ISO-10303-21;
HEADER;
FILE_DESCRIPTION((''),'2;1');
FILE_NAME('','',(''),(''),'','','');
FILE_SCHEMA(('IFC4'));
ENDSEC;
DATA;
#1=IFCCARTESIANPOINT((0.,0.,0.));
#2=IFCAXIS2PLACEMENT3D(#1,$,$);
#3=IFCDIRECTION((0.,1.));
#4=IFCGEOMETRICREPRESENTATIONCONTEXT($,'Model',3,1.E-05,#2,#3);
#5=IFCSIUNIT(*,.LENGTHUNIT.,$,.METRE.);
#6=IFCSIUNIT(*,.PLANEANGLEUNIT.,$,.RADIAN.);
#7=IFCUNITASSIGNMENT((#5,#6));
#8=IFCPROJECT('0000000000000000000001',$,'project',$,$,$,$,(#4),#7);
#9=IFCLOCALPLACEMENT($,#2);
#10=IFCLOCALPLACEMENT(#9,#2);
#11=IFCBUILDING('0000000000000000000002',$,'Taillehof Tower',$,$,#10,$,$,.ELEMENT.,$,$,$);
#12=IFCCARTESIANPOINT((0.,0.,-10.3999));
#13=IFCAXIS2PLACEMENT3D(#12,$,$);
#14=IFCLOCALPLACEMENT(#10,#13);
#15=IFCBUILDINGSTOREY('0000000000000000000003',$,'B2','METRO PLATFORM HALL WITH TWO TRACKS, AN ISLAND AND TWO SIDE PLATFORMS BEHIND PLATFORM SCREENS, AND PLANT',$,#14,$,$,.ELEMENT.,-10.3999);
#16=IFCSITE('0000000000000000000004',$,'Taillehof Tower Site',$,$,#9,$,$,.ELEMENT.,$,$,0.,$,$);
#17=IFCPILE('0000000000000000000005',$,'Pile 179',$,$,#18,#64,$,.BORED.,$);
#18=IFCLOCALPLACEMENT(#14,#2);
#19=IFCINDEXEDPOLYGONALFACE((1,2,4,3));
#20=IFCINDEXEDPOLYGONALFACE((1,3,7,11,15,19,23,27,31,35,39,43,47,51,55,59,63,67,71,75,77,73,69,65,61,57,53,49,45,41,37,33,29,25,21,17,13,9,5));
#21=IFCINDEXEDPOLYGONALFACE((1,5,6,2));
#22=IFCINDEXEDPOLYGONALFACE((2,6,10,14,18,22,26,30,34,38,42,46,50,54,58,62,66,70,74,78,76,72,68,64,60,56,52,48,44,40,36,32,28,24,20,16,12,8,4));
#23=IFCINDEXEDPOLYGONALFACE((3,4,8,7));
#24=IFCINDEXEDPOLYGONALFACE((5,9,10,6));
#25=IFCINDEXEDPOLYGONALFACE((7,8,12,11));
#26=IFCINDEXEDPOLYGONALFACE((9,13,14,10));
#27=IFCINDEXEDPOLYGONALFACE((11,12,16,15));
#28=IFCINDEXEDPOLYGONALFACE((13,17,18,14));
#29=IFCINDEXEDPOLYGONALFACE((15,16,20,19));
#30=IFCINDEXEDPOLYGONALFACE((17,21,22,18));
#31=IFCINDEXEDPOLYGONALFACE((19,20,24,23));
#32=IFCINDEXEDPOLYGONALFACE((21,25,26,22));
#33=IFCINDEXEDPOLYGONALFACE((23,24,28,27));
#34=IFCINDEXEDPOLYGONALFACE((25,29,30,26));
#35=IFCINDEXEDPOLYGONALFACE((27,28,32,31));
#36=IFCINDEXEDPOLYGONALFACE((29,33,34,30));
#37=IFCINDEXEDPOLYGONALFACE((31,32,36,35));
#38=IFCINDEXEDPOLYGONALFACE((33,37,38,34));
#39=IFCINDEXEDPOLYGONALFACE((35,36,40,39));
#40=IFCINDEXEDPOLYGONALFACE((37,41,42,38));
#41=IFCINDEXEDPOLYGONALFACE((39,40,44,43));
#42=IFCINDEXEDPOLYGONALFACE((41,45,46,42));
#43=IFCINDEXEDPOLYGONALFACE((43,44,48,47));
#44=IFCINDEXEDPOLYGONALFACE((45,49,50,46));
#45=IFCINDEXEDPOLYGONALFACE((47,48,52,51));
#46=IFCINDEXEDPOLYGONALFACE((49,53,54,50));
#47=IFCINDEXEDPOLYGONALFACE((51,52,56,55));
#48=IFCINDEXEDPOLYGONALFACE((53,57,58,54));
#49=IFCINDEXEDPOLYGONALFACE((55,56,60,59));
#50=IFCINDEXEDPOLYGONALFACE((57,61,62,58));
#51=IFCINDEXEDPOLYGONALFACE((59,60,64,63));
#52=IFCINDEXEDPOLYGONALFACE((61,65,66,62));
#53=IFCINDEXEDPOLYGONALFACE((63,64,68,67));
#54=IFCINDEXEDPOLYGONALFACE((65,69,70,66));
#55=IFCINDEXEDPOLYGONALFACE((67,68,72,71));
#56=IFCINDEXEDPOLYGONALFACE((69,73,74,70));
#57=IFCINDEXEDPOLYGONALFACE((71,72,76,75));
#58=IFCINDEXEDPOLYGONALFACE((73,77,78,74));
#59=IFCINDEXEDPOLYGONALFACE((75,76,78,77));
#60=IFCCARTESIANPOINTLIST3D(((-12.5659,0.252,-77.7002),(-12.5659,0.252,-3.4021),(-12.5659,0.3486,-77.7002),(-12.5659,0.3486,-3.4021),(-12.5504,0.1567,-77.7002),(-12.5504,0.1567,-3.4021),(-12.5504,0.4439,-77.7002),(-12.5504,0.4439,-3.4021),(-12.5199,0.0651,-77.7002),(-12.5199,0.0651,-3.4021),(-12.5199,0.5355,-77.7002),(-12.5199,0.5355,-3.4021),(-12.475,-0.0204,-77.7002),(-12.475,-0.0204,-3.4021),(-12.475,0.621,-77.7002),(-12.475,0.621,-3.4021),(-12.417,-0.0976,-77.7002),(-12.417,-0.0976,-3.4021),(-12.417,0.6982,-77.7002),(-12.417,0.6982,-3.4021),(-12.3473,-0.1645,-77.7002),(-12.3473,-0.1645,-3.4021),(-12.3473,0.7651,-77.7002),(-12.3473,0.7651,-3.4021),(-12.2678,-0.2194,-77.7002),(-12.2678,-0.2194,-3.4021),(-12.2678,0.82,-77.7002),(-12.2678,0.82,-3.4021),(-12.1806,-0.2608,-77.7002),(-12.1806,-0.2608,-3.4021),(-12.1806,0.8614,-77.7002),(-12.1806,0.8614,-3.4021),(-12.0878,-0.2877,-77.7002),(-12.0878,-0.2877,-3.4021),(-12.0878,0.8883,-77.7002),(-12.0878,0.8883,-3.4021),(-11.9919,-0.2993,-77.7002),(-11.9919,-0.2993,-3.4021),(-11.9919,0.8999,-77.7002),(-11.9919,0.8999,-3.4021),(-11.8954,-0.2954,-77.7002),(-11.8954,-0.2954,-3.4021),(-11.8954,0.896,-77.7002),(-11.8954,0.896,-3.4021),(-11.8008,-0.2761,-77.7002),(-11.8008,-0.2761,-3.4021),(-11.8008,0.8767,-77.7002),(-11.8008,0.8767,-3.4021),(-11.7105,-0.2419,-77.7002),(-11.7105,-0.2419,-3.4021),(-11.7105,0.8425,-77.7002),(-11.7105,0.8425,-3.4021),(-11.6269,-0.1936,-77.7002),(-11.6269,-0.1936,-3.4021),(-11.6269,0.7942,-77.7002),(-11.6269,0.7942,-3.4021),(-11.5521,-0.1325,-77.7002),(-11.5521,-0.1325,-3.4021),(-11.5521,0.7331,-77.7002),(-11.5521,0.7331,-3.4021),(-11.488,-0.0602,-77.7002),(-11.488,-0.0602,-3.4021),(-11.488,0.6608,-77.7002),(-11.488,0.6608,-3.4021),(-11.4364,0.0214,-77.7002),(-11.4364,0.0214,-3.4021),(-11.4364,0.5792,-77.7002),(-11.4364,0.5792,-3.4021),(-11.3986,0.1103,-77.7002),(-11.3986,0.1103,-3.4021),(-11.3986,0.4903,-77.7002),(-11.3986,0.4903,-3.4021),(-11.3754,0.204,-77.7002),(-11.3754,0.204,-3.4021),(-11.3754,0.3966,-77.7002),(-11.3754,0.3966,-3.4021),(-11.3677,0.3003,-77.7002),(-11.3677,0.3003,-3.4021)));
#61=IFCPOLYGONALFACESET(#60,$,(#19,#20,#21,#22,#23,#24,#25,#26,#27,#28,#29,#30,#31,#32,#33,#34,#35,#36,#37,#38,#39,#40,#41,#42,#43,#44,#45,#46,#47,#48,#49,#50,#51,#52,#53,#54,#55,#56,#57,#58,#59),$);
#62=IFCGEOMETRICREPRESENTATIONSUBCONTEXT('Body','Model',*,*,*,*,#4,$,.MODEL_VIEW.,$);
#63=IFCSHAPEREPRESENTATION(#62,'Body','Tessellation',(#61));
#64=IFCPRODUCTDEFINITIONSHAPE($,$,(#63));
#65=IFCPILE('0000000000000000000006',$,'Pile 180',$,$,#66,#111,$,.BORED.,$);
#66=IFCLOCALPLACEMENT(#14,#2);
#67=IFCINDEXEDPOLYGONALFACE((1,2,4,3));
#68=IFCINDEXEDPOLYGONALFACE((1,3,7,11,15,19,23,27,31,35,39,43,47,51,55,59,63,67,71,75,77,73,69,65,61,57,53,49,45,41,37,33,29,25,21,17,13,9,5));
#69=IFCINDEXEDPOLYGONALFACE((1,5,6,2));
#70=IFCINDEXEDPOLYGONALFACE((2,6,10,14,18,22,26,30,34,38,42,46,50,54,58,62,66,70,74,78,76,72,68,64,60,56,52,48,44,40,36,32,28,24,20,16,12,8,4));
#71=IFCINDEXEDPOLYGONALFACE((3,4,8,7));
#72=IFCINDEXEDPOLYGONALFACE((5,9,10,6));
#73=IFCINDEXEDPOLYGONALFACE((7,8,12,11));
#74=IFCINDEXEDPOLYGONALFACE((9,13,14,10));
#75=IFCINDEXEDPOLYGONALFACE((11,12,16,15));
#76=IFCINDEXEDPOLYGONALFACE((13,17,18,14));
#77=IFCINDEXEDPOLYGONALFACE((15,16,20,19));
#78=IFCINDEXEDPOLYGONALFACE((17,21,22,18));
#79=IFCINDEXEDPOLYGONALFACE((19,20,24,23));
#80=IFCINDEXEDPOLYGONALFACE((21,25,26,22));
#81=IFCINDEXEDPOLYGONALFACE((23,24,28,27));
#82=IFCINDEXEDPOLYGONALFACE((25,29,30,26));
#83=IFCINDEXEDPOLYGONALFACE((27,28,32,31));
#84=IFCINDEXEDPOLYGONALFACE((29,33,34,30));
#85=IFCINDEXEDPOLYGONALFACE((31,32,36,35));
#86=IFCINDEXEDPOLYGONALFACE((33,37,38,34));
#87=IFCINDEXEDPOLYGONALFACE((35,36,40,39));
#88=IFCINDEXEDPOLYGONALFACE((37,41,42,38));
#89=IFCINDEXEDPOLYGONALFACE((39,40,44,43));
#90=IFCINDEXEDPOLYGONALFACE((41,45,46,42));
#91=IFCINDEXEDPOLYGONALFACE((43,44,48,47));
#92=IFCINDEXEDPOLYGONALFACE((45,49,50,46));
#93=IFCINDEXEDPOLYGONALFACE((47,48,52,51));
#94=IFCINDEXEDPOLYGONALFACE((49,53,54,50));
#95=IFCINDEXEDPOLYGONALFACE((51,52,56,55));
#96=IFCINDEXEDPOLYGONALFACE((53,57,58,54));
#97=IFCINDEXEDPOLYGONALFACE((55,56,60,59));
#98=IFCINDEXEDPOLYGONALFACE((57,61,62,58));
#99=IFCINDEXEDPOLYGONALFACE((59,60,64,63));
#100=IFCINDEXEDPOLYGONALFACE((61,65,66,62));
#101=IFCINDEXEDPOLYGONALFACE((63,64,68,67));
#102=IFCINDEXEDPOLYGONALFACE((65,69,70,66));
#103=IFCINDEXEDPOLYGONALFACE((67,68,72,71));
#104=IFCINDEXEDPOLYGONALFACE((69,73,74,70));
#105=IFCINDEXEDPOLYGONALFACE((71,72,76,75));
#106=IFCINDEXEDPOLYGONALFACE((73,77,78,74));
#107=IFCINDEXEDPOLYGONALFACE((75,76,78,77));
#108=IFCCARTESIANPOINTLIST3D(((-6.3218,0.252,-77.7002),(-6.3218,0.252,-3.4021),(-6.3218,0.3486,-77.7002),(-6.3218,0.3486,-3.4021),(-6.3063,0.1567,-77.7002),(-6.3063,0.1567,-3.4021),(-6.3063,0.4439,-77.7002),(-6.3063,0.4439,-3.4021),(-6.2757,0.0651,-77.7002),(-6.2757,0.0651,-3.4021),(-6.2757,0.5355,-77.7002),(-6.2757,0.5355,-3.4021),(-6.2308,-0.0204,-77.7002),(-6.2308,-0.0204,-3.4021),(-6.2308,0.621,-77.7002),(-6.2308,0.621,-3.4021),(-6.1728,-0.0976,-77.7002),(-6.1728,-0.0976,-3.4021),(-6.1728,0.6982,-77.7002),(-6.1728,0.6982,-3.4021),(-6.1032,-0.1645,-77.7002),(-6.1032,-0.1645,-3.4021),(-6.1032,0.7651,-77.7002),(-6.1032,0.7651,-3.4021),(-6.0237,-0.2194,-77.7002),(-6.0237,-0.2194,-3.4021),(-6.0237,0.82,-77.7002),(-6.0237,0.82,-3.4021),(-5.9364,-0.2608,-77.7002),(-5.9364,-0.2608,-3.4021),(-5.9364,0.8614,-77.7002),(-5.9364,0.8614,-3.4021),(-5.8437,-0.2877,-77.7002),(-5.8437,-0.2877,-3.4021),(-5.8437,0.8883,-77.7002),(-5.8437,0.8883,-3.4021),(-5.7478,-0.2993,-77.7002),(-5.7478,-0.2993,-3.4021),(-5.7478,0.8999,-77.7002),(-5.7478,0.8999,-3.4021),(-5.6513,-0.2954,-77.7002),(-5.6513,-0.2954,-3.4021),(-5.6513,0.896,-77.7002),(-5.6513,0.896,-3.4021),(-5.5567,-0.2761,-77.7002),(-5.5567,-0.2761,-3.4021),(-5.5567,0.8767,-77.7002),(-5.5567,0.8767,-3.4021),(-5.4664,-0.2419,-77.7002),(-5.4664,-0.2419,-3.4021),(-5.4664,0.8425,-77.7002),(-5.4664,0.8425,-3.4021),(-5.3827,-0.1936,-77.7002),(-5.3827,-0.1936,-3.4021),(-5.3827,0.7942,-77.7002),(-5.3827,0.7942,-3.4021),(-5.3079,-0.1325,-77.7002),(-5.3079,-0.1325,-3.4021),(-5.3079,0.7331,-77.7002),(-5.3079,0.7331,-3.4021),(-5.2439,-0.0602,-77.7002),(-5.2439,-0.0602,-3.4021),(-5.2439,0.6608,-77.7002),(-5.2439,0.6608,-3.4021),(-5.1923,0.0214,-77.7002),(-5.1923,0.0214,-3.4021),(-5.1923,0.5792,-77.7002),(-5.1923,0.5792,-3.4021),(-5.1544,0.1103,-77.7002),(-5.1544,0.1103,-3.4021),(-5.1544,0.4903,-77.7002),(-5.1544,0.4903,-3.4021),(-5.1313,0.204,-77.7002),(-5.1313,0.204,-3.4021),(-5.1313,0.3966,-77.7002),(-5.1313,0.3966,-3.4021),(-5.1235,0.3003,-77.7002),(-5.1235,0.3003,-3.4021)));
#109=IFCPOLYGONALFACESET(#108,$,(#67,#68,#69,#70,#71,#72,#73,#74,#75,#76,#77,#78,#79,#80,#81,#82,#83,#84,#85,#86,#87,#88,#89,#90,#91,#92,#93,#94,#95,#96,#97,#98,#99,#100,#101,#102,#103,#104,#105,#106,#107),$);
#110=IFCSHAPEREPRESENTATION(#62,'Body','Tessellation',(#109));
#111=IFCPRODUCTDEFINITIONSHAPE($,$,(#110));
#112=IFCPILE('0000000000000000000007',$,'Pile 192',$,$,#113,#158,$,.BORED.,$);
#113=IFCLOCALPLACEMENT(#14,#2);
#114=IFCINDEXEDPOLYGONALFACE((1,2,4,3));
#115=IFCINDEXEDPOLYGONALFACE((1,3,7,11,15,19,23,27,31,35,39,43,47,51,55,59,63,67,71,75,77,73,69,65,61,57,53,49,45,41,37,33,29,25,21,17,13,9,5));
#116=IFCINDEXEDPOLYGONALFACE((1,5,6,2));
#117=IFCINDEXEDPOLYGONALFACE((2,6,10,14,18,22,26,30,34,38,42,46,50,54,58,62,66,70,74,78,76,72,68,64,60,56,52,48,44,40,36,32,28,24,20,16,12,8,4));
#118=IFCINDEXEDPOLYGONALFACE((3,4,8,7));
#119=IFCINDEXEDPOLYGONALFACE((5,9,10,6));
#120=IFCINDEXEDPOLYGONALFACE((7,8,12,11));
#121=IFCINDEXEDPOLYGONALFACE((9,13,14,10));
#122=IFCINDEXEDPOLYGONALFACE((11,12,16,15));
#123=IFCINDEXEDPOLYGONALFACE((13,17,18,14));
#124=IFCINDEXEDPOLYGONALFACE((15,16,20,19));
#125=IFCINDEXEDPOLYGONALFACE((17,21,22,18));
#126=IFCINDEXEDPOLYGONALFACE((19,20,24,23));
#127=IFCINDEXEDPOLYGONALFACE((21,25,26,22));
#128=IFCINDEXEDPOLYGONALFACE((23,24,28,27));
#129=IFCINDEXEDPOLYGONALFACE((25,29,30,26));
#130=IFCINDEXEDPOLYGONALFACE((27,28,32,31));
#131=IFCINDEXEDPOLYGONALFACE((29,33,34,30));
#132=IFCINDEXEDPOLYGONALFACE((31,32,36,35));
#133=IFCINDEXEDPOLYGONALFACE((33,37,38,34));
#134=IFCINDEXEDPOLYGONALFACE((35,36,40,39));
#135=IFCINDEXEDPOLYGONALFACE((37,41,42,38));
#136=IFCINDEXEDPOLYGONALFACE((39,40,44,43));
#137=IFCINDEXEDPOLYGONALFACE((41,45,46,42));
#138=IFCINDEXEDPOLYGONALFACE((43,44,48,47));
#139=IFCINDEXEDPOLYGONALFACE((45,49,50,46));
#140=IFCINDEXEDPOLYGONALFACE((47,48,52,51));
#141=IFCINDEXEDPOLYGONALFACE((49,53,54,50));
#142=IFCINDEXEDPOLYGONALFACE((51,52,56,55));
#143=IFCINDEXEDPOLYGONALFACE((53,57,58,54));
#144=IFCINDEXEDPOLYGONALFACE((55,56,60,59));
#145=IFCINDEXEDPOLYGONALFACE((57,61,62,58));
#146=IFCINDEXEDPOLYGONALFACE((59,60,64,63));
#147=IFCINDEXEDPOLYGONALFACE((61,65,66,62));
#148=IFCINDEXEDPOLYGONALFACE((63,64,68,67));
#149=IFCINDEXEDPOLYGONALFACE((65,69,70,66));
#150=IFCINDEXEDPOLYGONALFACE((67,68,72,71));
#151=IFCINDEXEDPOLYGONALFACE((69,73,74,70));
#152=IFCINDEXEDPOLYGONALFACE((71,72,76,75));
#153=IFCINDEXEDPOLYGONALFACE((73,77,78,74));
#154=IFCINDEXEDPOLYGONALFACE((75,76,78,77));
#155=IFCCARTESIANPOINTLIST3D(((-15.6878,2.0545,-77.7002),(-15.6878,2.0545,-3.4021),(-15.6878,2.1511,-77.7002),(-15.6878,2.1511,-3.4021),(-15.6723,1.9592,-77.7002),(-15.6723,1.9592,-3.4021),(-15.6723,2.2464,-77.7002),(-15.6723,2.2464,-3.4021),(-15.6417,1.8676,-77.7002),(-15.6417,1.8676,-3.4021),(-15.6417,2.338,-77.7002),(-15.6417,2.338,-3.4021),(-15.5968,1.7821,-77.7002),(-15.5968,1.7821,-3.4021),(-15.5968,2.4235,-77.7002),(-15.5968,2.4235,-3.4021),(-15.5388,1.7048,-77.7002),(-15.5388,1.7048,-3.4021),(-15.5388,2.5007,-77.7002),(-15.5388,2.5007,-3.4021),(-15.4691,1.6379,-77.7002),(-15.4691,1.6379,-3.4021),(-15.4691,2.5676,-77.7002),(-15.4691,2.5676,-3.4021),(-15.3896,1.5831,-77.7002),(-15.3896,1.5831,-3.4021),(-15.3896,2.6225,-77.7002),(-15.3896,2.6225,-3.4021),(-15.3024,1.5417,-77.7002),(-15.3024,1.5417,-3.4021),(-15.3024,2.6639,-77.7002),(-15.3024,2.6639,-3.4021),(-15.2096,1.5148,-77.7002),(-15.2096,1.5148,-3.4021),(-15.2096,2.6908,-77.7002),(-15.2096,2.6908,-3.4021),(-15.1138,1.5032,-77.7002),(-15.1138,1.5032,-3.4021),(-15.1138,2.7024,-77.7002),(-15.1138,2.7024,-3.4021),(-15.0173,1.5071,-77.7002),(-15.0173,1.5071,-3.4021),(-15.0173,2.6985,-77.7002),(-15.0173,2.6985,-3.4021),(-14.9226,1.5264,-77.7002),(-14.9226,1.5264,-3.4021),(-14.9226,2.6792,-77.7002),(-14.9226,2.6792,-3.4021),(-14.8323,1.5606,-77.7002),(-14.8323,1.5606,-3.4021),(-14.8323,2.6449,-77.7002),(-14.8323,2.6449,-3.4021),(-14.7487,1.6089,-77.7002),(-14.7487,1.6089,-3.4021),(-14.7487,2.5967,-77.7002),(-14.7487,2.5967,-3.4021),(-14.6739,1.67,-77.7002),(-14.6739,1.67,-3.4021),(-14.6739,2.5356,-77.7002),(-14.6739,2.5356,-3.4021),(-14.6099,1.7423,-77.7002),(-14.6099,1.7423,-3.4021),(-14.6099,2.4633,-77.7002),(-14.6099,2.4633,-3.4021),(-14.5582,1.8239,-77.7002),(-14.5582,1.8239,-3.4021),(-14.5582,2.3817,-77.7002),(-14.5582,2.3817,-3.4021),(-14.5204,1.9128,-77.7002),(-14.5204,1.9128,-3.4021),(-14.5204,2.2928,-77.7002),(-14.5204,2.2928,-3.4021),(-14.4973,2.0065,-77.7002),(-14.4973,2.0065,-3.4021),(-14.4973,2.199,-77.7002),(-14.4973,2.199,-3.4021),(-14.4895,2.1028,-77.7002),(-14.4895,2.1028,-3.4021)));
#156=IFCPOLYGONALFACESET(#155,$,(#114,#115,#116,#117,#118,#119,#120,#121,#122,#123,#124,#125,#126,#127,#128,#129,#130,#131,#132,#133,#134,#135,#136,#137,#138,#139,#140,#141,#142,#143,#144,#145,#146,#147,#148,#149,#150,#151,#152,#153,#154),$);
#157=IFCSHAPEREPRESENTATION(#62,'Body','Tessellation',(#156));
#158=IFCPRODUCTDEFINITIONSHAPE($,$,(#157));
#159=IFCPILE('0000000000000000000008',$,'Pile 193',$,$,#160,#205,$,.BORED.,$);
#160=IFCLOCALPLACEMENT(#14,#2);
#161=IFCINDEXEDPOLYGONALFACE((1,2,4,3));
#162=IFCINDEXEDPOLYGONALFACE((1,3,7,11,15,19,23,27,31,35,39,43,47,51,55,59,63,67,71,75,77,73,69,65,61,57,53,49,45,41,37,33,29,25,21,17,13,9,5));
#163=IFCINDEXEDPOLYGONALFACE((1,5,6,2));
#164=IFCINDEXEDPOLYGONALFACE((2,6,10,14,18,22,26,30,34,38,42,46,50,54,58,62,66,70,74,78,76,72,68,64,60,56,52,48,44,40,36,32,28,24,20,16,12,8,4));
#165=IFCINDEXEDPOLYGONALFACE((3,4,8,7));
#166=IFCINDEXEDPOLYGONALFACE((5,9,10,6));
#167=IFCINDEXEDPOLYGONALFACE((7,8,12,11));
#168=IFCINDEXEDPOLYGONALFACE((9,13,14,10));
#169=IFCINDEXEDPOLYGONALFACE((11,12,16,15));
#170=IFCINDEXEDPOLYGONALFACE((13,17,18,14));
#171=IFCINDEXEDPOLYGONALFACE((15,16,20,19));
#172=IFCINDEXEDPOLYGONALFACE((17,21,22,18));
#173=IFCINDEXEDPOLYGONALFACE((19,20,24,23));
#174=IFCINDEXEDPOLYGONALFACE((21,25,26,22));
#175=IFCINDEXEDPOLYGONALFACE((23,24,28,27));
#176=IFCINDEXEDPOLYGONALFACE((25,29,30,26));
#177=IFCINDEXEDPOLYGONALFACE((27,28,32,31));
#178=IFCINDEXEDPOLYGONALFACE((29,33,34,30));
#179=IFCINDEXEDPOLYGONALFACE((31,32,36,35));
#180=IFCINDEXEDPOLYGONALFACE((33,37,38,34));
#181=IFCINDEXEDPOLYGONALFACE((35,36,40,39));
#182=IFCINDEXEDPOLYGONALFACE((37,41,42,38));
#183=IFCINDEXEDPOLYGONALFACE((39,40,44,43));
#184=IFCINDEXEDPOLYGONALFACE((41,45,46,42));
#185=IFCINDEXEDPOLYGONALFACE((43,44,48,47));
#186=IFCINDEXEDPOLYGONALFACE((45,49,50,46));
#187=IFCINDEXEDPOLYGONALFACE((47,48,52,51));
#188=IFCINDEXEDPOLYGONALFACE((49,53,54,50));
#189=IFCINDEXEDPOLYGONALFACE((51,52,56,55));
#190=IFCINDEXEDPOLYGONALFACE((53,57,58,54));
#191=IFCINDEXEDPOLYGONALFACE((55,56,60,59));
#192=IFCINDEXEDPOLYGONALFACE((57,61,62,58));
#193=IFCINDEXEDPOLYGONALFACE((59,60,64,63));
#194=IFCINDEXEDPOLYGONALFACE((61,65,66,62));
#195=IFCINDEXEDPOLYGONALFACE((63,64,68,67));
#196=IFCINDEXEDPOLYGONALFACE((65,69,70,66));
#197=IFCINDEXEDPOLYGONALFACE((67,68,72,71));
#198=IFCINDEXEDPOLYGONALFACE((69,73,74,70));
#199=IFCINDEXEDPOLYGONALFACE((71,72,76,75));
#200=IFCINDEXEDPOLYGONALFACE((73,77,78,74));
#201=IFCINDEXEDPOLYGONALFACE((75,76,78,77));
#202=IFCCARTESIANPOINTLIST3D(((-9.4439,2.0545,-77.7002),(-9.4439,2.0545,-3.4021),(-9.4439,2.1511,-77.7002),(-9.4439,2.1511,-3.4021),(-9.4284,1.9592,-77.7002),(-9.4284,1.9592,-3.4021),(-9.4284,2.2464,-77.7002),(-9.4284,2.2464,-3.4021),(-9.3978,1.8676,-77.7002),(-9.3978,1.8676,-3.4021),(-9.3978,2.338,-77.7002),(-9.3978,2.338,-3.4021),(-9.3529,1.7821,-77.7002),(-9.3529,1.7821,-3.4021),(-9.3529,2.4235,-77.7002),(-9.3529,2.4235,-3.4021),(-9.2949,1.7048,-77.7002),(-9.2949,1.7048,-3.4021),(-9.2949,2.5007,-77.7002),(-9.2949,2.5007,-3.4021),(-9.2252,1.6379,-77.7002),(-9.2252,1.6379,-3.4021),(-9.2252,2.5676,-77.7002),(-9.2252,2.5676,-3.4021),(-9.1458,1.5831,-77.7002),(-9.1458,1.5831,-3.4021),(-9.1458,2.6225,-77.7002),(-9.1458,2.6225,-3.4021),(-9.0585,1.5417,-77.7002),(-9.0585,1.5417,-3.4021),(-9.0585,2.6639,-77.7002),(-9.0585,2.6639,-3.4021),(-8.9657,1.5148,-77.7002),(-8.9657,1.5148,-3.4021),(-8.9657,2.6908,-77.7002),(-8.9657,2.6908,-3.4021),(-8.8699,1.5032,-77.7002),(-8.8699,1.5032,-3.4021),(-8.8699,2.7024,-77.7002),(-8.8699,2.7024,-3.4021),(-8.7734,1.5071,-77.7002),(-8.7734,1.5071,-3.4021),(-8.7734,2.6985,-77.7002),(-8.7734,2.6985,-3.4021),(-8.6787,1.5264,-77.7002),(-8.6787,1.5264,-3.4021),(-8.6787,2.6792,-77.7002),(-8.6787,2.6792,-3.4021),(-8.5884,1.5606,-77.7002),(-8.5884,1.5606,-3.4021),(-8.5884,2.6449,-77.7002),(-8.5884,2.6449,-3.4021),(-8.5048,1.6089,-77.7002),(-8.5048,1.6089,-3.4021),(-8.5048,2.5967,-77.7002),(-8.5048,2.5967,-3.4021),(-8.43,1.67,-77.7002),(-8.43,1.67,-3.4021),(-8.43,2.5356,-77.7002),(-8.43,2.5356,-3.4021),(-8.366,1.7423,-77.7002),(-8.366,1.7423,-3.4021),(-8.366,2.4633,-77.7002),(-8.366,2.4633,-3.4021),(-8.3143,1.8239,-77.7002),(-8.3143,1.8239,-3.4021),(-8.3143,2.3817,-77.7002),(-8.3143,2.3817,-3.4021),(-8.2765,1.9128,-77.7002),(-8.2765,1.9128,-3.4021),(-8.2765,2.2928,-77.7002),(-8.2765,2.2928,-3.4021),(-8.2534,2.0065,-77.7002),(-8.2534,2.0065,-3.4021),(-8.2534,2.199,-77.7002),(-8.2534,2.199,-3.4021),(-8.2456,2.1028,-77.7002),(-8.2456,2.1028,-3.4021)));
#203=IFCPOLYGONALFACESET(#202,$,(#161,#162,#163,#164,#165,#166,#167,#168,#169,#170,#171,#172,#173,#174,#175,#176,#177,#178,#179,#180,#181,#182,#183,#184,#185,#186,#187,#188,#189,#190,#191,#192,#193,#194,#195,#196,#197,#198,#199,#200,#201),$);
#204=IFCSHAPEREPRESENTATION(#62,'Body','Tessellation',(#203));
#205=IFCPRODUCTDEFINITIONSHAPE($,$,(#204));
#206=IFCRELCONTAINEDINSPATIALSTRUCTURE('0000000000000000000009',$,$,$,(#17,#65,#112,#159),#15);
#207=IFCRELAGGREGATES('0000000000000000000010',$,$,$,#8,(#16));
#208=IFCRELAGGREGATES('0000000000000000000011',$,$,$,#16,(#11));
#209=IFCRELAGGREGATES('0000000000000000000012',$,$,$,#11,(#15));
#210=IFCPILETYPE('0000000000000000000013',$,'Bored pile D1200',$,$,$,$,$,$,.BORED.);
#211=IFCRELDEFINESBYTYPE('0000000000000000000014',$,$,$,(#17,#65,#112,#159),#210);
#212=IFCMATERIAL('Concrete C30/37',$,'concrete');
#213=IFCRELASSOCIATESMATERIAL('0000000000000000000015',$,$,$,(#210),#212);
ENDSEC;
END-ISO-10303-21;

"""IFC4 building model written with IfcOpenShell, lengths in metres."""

from ifc_helpers import new_model, si_unit, direction, frame, origin, origin_2d, place, context, subcontext, project, spatial, circle, extrude, material, material_profile, profile_set, type_object, element, save


model = new_model("IFC4")

# Units and contexts
model_context = context("Model", 3, precision=1e-05, world=origin(), true_north=direction((0.0, 1.0)))
body_context = subcontext(model_context, "Body", "Model", "MODEL_VIEW")
ifc_project = project(units=[si_unit("LENGTHUNIT", "METRE"), si_unit("PLANEANGLEUNIT", "RADIAN")], contexts=[model_context])

# Site, building, storey
site_placement = place(None, origin())
site = spatial("IfcSite", under=ifc_project, at=site_placement, Name="Taillehof Tower Site", CompositionType="ELEMENT", RefElevation=0.0)
building_placement = place(site_placement, origin())
building = spatial("IfcBuilding", under=site, at=building_placement, Name="Taillehof Tower", CompositionType="ELEMENT")
storey_placement = place(building_placement, frame((0.0, 0.0, -10.3999)))
storey = spatial("IfcBuildingStorey", under=building, at=storey_placement, Name="B2", Description="METRO PLATFORM HALL WITH TWO TRACKS, AN ISLAND AND TWO SIDE PLATFORMS BEHIND PLATFORM SCREENS, AND PLANT", CompositionType="ELEMENT", Elevation=-10.3999)

# Piles
ifc_material_1 = material(Name="Concrete C30/37", Category="concrete")
ifc_material_profile_1 = material_profile(ifc_material_1, circle(Radius=0.6001, at=origin_2d()), Name="BP D1200")
ifc_profile_set_1 = profile_set([ifc_material_profile_1], Name="Concrete C30/37")
pile_type = type_object("IfcPileType", Name="Bored pile D1200", PredefinedType="BORED", material=ifc_profile_set_1)
for number, where, z_axis, x_axis, name in (
    (1, (-11.9678, 0.3003, -3.4021), (0.0, 0.0, -1.0), (1.0, 0.0, 0.0), "Pile 179"),
    (2, (-5.7236, 0.3003, -3.4021), (0.0, 0.0, -1.0), (1.0, 0.0, 0.0), "Pile 180"),
    (3, (-15.0896, 2.1028, -3.4021), (0.0, 0.0, -1.0), (1.0, 0.0, 0.0), "Pile 192"),
    (4, (-8.8457, 2.1028, -3.4021), (0.0, 0.0, -1.0), (1.0, 0.0, 0.0), "Pile 193"),
):
    element("IfcPile", number, at=place(storey_placement, frame(where, z_axis=z_axis, x_axis=x_axis)), inside=storey, type_object=pile_type, Name=name, PredefinedType="BORED", context=body_context, shape_type="SweptSolid", body=[
        extrude(circle(Radius=0.6001, at=origin_2d()), origin(), (0.0, 0.0, 1.0), 74.2981),
    ])

save(model, "model.ifc")
